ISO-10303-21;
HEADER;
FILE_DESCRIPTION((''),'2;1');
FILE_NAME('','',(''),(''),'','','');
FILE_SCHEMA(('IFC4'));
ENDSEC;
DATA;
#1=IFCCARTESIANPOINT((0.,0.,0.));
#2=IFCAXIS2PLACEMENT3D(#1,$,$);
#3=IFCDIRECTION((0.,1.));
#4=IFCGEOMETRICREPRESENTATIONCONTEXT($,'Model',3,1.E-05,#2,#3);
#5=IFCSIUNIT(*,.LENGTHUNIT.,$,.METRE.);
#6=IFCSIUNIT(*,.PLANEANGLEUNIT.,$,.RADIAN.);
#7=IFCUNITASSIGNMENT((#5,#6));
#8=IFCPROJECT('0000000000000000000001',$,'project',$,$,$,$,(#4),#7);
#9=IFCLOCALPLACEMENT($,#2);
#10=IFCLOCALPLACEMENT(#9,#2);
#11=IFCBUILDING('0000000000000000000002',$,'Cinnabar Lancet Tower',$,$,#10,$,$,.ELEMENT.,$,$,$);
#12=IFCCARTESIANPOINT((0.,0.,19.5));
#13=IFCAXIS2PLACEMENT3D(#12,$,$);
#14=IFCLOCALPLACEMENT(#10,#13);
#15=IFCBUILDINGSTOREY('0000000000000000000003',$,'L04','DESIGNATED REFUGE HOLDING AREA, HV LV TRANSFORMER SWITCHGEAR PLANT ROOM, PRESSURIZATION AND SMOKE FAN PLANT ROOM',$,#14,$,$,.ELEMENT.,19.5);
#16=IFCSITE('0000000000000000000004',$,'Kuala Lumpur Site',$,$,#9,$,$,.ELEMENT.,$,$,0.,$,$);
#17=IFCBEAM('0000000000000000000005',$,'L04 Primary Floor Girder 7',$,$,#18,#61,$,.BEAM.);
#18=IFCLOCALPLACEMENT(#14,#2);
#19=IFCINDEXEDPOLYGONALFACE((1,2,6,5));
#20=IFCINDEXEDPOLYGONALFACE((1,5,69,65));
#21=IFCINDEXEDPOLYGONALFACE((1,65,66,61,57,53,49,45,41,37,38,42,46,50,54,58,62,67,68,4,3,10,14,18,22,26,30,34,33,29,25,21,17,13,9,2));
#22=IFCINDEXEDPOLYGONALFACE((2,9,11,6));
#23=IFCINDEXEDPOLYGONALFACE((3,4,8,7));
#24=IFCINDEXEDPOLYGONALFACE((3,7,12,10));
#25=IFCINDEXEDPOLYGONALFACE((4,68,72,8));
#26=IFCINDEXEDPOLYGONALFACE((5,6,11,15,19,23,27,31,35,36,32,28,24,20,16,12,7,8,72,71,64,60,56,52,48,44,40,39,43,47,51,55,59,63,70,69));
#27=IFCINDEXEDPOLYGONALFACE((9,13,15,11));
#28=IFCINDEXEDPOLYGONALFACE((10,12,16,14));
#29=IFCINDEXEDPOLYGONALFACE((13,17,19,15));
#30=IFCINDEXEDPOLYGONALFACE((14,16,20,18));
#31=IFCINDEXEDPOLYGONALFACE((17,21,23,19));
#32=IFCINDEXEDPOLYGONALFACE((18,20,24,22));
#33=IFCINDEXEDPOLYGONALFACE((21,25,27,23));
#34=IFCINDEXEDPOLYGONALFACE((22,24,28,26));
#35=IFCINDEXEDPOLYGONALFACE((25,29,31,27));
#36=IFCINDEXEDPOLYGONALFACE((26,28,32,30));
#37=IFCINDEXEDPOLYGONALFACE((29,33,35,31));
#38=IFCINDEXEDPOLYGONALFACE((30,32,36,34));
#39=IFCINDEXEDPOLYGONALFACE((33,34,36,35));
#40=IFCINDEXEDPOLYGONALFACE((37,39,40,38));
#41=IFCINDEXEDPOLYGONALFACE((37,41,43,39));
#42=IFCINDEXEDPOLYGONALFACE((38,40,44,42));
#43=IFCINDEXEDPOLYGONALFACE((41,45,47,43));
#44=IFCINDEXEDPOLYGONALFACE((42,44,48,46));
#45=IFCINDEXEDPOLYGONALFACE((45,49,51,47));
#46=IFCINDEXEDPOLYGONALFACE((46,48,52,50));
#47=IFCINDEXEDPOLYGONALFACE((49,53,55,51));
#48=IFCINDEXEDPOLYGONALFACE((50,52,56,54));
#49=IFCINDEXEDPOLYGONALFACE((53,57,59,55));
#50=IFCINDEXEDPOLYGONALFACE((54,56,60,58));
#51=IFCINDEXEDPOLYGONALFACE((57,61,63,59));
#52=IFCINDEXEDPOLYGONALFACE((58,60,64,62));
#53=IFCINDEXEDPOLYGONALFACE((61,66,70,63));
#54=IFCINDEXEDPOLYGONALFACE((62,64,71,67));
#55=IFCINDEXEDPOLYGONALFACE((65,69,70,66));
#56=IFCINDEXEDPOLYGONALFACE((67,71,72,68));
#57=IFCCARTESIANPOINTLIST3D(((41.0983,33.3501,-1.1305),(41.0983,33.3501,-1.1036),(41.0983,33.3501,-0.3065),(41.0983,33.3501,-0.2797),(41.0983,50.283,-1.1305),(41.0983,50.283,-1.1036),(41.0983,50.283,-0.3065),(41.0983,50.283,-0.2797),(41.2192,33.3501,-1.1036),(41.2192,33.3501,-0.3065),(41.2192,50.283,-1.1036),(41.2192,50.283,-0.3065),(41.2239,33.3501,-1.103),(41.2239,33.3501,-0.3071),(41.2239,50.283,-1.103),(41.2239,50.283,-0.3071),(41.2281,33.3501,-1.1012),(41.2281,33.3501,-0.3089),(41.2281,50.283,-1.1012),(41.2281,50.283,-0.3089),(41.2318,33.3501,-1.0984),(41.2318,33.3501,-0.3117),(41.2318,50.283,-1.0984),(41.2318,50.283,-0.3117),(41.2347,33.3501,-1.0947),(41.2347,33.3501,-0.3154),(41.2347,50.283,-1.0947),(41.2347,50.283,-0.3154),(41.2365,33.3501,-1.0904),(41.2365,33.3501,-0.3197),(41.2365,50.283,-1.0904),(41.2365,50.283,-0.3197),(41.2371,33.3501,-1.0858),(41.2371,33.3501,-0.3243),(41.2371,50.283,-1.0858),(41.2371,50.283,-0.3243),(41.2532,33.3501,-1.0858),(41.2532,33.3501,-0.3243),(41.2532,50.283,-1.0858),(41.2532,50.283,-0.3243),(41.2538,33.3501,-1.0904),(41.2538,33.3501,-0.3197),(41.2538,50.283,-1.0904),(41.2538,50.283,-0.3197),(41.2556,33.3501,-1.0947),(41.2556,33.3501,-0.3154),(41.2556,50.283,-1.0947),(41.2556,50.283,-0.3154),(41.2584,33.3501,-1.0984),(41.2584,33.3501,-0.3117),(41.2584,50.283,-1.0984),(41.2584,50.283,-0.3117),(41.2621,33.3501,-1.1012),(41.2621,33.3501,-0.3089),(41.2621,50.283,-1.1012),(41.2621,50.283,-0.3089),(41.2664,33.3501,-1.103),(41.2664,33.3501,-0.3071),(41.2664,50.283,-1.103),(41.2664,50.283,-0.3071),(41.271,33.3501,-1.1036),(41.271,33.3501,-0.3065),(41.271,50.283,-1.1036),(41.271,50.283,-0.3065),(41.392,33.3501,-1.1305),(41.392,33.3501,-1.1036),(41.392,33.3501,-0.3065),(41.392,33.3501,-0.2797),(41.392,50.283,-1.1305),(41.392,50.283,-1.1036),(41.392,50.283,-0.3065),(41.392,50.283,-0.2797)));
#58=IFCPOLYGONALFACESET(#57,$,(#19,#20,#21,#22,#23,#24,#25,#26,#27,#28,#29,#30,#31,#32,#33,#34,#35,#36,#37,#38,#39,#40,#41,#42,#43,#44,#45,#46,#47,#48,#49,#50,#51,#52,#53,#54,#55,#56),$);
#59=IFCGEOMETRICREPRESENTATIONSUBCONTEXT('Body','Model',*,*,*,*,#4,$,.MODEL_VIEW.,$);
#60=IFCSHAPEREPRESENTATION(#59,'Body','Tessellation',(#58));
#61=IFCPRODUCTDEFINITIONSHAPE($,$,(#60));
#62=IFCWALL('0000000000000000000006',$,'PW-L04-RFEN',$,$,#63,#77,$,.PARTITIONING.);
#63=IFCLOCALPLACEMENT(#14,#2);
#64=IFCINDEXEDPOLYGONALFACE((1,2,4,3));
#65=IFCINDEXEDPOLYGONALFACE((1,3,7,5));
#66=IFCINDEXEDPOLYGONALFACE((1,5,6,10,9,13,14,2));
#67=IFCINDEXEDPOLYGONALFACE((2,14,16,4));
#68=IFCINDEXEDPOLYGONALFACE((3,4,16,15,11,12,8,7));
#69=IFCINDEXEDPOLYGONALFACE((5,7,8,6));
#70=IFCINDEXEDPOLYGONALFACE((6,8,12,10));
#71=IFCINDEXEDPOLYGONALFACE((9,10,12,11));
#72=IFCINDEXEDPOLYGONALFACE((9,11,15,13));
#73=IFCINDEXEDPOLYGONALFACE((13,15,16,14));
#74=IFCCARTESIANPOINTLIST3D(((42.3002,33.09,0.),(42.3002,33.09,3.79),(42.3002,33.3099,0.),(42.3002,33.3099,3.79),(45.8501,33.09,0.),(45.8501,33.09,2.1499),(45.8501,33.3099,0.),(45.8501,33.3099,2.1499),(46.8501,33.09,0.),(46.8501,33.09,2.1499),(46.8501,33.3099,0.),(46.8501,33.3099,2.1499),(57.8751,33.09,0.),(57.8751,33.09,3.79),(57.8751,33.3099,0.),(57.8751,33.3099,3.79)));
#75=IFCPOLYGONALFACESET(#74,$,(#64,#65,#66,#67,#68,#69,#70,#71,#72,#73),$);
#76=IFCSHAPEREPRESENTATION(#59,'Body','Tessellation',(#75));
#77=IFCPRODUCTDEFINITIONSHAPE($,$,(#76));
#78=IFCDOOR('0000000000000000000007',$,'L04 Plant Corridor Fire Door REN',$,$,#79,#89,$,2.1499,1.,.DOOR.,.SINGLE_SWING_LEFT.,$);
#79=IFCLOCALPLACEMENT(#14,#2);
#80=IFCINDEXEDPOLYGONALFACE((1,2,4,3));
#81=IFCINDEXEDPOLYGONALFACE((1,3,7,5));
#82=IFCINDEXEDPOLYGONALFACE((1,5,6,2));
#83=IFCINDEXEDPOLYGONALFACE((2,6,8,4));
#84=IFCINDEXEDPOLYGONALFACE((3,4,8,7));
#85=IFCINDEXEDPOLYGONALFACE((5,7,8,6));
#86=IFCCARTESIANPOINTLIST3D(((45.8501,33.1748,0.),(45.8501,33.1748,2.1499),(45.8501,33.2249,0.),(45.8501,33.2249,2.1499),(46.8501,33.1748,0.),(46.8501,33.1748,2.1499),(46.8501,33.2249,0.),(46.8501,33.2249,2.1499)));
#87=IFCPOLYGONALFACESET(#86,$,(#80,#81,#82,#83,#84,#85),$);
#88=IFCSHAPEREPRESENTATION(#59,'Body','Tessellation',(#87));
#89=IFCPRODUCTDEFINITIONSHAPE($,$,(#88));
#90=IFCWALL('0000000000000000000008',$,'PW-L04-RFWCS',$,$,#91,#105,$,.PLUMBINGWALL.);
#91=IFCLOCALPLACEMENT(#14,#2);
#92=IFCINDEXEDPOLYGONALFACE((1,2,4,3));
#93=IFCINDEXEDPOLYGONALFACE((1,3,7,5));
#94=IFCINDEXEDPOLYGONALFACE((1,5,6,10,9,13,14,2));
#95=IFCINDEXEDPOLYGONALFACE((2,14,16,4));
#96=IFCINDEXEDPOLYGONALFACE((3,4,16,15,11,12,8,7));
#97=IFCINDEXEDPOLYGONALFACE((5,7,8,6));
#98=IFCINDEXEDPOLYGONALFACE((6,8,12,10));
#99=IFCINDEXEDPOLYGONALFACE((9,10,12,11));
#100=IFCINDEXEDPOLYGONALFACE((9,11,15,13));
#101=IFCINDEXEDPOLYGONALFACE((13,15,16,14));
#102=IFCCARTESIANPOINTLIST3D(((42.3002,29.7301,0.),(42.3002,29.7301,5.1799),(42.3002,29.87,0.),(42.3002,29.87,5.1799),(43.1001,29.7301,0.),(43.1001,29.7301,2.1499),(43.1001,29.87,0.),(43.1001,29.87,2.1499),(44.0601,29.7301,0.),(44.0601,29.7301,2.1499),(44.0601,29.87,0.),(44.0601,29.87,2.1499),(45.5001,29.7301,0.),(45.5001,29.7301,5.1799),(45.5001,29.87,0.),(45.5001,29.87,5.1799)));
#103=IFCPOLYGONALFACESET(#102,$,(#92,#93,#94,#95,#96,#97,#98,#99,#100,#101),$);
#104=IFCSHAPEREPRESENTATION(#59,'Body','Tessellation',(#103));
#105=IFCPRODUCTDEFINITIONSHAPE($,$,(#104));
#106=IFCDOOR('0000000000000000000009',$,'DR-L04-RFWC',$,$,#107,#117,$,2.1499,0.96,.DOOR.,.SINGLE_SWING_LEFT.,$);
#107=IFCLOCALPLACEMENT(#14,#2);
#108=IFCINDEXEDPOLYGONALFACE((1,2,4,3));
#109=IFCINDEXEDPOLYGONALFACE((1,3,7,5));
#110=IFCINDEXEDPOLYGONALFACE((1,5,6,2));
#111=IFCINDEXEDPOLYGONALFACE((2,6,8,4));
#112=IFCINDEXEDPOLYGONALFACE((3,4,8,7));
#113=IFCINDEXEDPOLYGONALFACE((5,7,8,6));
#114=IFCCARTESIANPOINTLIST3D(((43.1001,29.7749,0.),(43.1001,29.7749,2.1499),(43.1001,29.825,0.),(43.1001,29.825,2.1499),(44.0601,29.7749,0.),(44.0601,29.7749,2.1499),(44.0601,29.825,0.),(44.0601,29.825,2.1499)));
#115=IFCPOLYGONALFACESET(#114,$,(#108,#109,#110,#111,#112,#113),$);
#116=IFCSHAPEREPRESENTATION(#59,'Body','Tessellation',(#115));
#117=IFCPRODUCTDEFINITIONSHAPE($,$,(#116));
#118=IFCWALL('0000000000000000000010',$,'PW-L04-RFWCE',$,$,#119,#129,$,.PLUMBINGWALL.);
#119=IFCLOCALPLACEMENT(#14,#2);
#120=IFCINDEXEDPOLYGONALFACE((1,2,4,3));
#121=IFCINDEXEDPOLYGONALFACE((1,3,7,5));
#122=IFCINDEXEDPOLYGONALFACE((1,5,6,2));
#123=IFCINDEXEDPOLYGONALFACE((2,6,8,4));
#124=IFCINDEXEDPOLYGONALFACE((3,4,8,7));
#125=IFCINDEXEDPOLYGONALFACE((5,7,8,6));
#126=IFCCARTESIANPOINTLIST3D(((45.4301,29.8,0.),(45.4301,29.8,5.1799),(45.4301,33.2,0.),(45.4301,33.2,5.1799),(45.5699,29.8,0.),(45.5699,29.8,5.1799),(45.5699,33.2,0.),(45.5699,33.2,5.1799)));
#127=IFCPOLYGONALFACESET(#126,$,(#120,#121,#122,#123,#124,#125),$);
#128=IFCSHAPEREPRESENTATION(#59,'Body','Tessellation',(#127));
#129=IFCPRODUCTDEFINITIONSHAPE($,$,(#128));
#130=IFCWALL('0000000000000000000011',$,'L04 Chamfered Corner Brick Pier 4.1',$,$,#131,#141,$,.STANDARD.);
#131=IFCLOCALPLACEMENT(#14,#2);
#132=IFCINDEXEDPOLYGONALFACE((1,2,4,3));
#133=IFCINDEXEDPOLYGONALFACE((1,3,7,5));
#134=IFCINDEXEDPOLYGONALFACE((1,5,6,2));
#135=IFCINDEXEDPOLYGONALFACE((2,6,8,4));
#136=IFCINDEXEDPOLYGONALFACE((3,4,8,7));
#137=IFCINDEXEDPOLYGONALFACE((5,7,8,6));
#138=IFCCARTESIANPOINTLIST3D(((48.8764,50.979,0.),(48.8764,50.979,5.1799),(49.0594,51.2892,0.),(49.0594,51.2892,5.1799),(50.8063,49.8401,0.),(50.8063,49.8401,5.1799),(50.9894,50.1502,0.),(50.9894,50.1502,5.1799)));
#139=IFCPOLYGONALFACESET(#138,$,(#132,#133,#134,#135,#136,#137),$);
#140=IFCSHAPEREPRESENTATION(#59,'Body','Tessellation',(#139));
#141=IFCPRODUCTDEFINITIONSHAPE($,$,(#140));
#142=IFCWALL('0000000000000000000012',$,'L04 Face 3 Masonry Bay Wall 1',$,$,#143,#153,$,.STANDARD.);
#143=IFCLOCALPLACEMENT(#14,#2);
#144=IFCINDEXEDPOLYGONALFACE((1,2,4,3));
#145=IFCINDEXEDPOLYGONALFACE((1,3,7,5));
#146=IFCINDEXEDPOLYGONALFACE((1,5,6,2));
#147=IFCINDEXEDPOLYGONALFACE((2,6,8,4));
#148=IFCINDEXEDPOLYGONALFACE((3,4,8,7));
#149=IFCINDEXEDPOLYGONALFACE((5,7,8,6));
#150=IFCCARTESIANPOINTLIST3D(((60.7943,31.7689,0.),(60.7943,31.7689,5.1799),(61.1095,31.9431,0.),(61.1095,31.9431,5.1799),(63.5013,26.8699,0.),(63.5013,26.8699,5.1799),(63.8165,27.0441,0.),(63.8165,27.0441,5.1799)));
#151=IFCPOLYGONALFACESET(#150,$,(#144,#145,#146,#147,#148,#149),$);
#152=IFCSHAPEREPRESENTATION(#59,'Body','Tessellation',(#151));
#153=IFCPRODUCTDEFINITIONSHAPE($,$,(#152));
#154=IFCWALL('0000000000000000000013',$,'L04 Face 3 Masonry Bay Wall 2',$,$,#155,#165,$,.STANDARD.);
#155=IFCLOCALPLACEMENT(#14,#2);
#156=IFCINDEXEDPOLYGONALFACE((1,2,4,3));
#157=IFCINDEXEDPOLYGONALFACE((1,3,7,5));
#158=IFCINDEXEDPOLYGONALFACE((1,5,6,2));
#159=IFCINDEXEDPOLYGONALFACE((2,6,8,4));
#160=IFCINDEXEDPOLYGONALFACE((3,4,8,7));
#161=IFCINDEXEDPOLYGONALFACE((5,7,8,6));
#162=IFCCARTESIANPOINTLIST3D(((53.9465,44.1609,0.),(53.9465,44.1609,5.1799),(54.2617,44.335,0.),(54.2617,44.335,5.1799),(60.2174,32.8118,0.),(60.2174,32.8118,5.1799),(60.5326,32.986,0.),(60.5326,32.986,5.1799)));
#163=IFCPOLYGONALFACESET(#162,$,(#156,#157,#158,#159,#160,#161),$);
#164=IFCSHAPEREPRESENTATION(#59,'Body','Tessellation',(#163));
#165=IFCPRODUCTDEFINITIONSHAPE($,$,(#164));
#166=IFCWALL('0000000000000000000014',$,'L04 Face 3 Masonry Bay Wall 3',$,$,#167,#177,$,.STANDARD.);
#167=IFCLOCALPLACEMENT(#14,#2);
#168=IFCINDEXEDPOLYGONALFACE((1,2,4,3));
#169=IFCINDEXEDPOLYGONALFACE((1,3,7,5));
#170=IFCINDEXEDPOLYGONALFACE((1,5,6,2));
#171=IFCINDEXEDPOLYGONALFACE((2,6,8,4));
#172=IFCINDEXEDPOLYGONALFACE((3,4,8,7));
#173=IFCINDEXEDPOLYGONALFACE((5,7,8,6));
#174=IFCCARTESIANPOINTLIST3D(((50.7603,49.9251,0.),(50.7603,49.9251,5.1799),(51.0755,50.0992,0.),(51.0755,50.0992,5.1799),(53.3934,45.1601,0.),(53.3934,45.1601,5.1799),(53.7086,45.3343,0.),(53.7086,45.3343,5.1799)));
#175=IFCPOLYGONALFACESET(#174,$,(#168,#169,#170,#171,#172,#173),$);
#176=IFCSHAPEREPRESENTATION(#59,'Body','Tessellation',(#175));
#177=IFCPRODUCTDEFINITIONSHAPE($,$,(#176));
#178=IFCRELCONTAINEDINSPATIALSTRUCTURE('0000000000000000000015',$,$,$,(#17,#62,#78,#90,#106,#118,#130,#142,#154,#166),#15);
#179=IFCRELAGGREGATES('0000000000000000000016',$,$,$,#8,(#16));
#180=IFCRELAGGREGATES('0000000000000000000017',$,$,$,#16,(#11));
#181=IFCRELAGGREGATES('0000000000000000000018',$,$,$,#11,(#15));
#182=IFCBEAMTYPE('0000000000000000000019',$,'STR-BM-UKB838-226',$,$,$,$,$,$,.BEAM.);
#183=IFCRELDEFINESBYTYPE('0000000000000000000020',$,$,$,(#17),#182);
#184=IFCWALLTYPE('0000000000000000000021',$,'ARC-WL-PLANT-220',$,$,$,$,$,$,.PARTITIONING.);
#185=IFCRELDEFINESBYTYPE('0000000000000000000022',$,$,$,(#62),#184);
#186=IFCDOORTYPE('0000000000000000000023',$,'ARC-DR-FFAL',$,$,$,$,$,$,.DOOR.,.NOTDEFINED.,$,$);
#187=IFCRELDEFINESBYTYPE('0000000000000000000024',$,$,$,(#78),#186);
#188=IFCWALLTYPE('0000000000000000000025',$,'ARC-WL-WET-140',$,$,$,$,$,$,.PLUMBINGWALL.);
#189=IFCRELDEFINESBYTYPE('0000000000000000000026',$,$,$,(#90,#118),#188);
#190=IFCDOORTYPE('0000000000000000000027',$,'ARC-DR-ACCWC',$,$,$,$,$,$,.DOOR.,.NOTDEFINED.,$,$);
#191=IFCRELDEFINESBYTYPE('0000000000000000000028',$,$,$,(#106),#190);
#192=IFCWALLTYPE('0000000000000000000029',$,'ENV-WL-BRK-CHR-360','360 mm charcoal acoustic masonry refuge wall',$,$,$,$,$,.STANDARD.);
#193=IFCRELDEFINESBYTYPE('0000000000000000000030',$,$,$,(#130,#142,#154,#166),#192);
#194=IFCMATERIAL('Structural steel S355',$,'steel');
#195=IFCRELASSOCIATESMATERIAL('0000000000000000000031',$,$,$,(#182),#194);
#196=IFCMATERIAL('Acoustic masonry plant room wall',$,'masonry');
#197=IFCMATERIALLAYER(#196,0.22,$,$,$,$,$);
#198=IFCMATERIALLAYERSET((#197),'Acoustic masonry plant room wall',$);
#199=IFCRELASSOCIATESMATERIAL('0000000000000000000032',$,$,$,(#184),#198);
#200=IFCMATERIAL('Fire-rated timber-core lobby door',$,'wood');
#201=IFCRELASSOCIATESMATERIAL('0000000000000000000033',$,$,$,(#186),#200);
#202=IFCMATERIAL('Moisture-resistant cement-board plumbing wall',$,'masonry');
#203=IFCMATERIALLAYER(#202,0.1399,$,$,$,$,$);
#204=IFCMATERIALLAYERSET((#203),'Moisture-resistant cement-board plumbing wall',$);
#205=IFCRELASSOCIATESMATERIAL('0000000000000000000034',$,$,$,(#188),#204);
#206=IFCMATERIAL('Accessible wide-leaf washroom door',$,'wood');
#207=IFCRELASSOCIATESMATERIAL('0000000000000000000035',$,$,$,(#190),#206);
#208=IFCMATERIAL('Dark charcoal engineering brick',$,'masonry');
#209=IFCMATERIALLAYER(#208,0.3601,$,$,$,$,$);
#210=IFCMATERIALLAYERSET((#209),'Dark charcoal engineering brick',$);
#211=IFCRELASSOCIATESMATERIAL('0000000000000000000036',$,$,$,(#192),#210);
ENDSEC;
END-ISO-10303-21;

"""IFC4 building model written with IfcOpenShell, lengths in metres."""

from ifc_helpers import new_model, si_unit, direction, frame, frame_2d, origin, origin_2d, place, context, subcontext, project, spatial, rectangle, i_section, extrude, material, layer, layer_set, material_profile, profile_set, type_object, element, fill, save


model = new_model("IFC4")

# Units and contexts
model_context = context("Model", 3, precision=1e-05, world=origin(), true_north=direction((0.0, 1.0)))
body_context = subcontext(model_context, "Body", "Model", "MODEL_VIEW")
ifc_project = project(units=[si_unit("LENGTHUNIT", "METRE"), si_unit("PLANEANGLEUNIT", "RADIAN")], contexts=[model_context])

# Site, building, storey
site_placement = place(None, origin())
site = spatial("IfcSite", under=ifc_project, at=site_placement, Name="Kuala Lumpur Site", CompositionType="ELEMENT", RefElevation=0.0)
building_placement = place(site_placement, origin())
building = spatial("IfcBuilding", under=site, at=building_placement, Name="Cinnabar Lancet Tower", CompositionType="ELEMENT")
storey_placement = place(building_placement, frame((0.0, 0.0, 19.5)))
storey = spatial("IfcBuildingStorey", under=building, at=storey_placement, Name="L04", Description="DESIGNATED REFUGE HOLDING AREA, HV LV TRANSFORMER SWITCHGEAR PLANT ROOM, PRESSURIZATION AND SMOKE FAN PLANT ROOM", CompositionType="ELEMENT", Elevation=19.5)

# Beam
ifc_material_1 = material(Name="Structural steel S355", Category="steel")
ifc_material_profile_1 = material_profile(ifc_material_1, i_section(OverallWidth=0.2937, OverallDepth=0.8508, WebThickness=0.0161, FlangeThickness=0.0269, FilletRadius=0.0178, at=origin_2d()), Name="UKB 838x292x226")
ifc_profile_set_1 = profile_set([ifc_material_profile_1], Name="Structural steel S355")
beam_type_1 = type_object("IfcBeamType", Name="STR-BM-UKB838-226", PredefinedType="BEAM", material=ifc_profile_set_1)
beam_1_placement = place(storey_placement, frame((41.2451, 50.283, -0.7051), z_axis=(0.0, -1.0, 0.0), x_axis=(1.0, 0.0, 0.0)))
element("IfcBeam", 1, at=beam_1_placement, inside=storey, type_object=beam_type_1, Name="L04 Primary Floor Girder 7", PredefinedType="BEAM", context=body_context, shape_type="SweptSolid", body=[
    extrude(i_section(OverallWidth=0.2937, OverallDepth=0.8508, WebThickness=0.0161, FlangeThickness=0.0269, FilletRadius=0.0178, at=origin_2d()), origin(), (0.0, 0.0, 1.0), 16.9329),
])

# Walls, openings, doors
ifc_material_2 = material(Name="Acoustic masonry plant room wall", Category="masonry")
ifc_layer_1 = layer(ifc_material_2, 0.22)
ifc_layer_set_1 = layer_set([ifc_layer_1], Name="Acoustic masonry plant room wall")
wall_type_1 = type_object("IfcWallType", Name="ARC-WL-PLANT-220", PredefinedType="PARTITIONING", material=ifc_layer_set_1)
wall_1_placement = place(storey_placement, frame((42.3, 33.2, 0.0), z_axis=(0.0, 0.0, 1.0), x_axis=(1.0, 0.0, 0.0)))
wall_1 = element("IfcWall", 2, at=wall_1_placement, inside=storey, type_object=wall_type_1, Name="PW-L04-RFEN", PredefinedType="PARTITIONING", context=body_context, shape_type="SweptSolid", body=[
    extrude(rectangle(XDim=15.575, YDim=0.22, at=frame_2d((7.7876, 0.0))), origin(), (0.0, 0.0, 1.0), 3.79),
])
opening_1_placement = place(wall_1_placement, frame((3.55, 0.0, 0.0)))
opening_1 = element("IfcOpeningElement", 3, at=opening_1_placement, cuts=wall_1, PredefinedType="OPENING", context=body_context, shape_type="SweptSolid", body=[
    extrude(rectangle(XDim=1.0, YDim=2.1499, at=frame_2d((0.5, 1.075))), frame((0.0, 0.1199, 0.0), z_axis=(0.0, -1.0, 0.0), x_axis=(1.0, 0.0, 0.0)), (0.0, 0.0, 1.0), 0.24),
])
ifc_material_3 = material(Name="Fire-rated timber-core lobby door", Category="wood")
door_type_1 = type_object("IfcDoorType", Name="ARC-DR-FFAL", OperationType="NOTDEFINED", PredefinedType="DOOR", material=ifc_material_3)
door_1_placement = place(opening_1_placement, origin())
door_1 = element("IfcDoor", 4, at=door_1_placement, inside=storey, type_object=door_type_1, Name="L04 Plant Corridor Fire Door REN", OperationType="SINGLE_SWING_LEFT", OverallHeight=2.1499, OverallWidth=1.0, PredefinedType="DOOR", context=body_context, shape_type="SweptSolid", body=[
    extrude(rectangle(XDim=1.0, YDim=2.1499, at=frame_2d((0.5, 1.075))), frame((0.0, 0.0249, 0.0), z_axis=(0.0, -1.0, 0.0), x_axis=(1.0, 0.0, 0.0)), (0.0, 0.0, 1.0), 0.05),
])
fill(opening_1, door_1)
ifc_material_4 = material(Name="Moisture-resistant cement-board plumbing wall", Category="masonry")
ifc_layer_2 = layer(ifc_material_4, 0.1399)
ifc_layer_set_2 = layer_set([ifc_layer_2], Name="Moisture-resistant cement-board plumbing wall")
wall_type_2 = type_object("IfcWallType", Name="ARC-WL-WET-140", PredefinedType="PLUMBINGWALL", material=ifc_layer_set_2)
wall_2_placement = place(storey_placement, frame((42.3, 29.8, 0.0), z_axis=(0.0, 0.0, 1.0), x_axis=(1.0, 0.0, 0.0)))
wall_2 = element("IfcWall", 5, at=wall_2_placement, inside=storey, type_object=wall_type_2, Name="PW-L04-RFWCS", PredefinedType="PLUMBINGWALL", context=body_context, shape_type="SweptSolid", body=[
    extrude(rectangle(XDim=3.2, YDim=0.1399, at=frame_2d((1.6001, 0.0))), origin(), (0.0, 0.0, 1.0), 5.1799),
])
opening_2_placement = place(wall_2_placement, frame((0.8, 0.0, 0.0)))
opening_2 = element("IfcOpeningElement", 6, at=opening_2_placement, cuts=wall_2, PredefinedType="OPENING", context=body_context, shape_type="SweptSolid", body=[
    extrude(rectangle(XDim=0.96, YDim=2.1499, at=frame_2d((0.48, 1.075))), frame((0.0, 0.0798, 0.0), z_axis=(0.0, -1.0, 0.0), x_axis=(1.0, 0.0, 0.0)), (0.0, 0.0, 1.0), 0.1599),
])
ifc_material_5 = material(Name="Accessible wide-leaf washroom door", Category="wood")
door_type_2 = type_object("IfcDoorType", Name="ARC-DR-ACCWC", OperationType="NOTDEFINED", PredefinedType="DOOR", material=ifc_material_5)
door_2_placement = place(opening_2_placement, origin())
door_2 = element("IfcDoor", 7, at=door_2_placement, inside=storey, type_object=door_type_2, Name="DR-L04-RFWC", OperationType="SINGLE_SWING_LEFT", OverallHeight=2.1499, OverallWidth=0.96, PredefinedType="DOOR", context=body_context, shape_type="SweptSolid", body=[
    extrude(rectangle(XDim=0.96, YDim=2.1499, at=frame_2d((0.48, 1.075))), frame((0.0, 0.0249, 0.0), z_axis=(0.0, -1.0, 0.0), x_axis=(1.0, 0.0, 0.0)), (0.0, 0.0, 1.0), 0.05),
])
fill(opening_2, door_2)

# Walls
wall_3_placement = place(storey_placement, frame((45.5, 29.8, 0.0), z_axis=(0.0, 0.0, 1.0), x_axis=(0.0, 1.0, 0.0)))
element("IfcWall", 8, at=wall_3_placement, inside=storey, type_object=wall_type_2, Name="PW-L04-RFWCE", PredefinedType="PLUMBINGWALL", context=body_context, shape_type="SweptSolid", body=[
    extrude(rectangle(XDim=3.3999, YDim=0.1399, at=frame_2d((1.7, 0.0))), origin(), (0.0, 0.0, 1.0), 5.1799),
])
ifc_material_6 = material(Name="Dark charcoal engineering brick", Category="masonry")
ifc_layer_3 = layer(ifc_material_6, 0.3601)
ifc_layer_set_3 = layer_set([ifc_layer_3], Name="Dark charcoal engineering brick")
wall_type_3 = type_object("IfcWallType", Name="ENV-WL-BRK-CHR-360", Description="360 mm charcoal acoustic masonry refuge wall", PredefinedType="STANDARD", material=ifc_layer_set_3)
wall_4_placement = place(storey_placement, frame((50.8979, 49.9951, 0.0), z_axis=(0.0, 0.0, 1.0), x_axis=(-0.861219, 0.508234, 0.0)))
element("IfcWall", 9, at=wall_4_placement, inside=storey, type_object=wall_type_3, Name="L04 Chamfered Corner Brick Pier 4.1", PredefinedType="STANDARD", context=body_context, shape_type="SweptSolid", body=[
    extrude(rectangle(XDim=2.241, YDim=0.3601, at=frame_2d((1.1206, 0.0))), origin(), (0.0, 0.0, 1.0), 5.1799),
])
wall_5_placement = place(storey_placement, frame((63.6589, 26.957, 0.0), z_axis=(0.0, 0.0, 1.0), x_axis=(-0.483649, 0.875262, 0.0)))
element("IfcWall", 10, at=wall_5_placement, inside=storey, type_object=wall_type_3, Name="L04 Face 3 Masonry Bay Wall 1", PredefinedType="STANDARD", context=body_context, shape_type="SweptSolid", body=[
    extrude(rectangle(XDim=5.5972, YDim=0.3601, at=frame_2d((2.7986, 0.0))), origin(), (0.0, 0.0, 1.0), 5.1799),
])
wall_6_placement = place(storey_placement, frame((60.375, 32.8989, 0.0), z_axis=(0.0, 0.0, 1.0), x_axis=(-0.483634, 0.87527, 0.0)))
element("IfcWall", 11, at=wall_6_placement, inside=storey, type_object=wall_type_3, Name="L04 Face 3 Masonry Bay Wall 2", PredefinedType="STANDARD", context=body_context, shape_type="SweptSolid", body=[
    extrude(rectangle(XDim=12.9663, YDim=0.3601, at=frame_2d((6.4832, 0.0))), origin(), (0.0, 0.0, 1.0), 5.1799),
])
wall_7_placement = place(storey_placement, frame((53.551, 45.2471, 0.0), z_axis=(0.0, 0.0, 1.0), x_axis=(-0.483662, 0.875255, 0.0)))
element("IfcWall", 12, at=wall_7_placement, inside=storey, type_object=wall_type_3, Name="L04 Face 3 Masonry Bay Wall 3", PredefinedType="STANDARD", context=body_context, shape_type="SweptSolid", body=[
    extrude(rectangle(XDim=5.4441, YDim=0.3601, at=frame_2d((2.7222, 0.0))), origin(), (0.0, 0.0, 1.0), 5.1799),
])

save(model, "model.ifc")
